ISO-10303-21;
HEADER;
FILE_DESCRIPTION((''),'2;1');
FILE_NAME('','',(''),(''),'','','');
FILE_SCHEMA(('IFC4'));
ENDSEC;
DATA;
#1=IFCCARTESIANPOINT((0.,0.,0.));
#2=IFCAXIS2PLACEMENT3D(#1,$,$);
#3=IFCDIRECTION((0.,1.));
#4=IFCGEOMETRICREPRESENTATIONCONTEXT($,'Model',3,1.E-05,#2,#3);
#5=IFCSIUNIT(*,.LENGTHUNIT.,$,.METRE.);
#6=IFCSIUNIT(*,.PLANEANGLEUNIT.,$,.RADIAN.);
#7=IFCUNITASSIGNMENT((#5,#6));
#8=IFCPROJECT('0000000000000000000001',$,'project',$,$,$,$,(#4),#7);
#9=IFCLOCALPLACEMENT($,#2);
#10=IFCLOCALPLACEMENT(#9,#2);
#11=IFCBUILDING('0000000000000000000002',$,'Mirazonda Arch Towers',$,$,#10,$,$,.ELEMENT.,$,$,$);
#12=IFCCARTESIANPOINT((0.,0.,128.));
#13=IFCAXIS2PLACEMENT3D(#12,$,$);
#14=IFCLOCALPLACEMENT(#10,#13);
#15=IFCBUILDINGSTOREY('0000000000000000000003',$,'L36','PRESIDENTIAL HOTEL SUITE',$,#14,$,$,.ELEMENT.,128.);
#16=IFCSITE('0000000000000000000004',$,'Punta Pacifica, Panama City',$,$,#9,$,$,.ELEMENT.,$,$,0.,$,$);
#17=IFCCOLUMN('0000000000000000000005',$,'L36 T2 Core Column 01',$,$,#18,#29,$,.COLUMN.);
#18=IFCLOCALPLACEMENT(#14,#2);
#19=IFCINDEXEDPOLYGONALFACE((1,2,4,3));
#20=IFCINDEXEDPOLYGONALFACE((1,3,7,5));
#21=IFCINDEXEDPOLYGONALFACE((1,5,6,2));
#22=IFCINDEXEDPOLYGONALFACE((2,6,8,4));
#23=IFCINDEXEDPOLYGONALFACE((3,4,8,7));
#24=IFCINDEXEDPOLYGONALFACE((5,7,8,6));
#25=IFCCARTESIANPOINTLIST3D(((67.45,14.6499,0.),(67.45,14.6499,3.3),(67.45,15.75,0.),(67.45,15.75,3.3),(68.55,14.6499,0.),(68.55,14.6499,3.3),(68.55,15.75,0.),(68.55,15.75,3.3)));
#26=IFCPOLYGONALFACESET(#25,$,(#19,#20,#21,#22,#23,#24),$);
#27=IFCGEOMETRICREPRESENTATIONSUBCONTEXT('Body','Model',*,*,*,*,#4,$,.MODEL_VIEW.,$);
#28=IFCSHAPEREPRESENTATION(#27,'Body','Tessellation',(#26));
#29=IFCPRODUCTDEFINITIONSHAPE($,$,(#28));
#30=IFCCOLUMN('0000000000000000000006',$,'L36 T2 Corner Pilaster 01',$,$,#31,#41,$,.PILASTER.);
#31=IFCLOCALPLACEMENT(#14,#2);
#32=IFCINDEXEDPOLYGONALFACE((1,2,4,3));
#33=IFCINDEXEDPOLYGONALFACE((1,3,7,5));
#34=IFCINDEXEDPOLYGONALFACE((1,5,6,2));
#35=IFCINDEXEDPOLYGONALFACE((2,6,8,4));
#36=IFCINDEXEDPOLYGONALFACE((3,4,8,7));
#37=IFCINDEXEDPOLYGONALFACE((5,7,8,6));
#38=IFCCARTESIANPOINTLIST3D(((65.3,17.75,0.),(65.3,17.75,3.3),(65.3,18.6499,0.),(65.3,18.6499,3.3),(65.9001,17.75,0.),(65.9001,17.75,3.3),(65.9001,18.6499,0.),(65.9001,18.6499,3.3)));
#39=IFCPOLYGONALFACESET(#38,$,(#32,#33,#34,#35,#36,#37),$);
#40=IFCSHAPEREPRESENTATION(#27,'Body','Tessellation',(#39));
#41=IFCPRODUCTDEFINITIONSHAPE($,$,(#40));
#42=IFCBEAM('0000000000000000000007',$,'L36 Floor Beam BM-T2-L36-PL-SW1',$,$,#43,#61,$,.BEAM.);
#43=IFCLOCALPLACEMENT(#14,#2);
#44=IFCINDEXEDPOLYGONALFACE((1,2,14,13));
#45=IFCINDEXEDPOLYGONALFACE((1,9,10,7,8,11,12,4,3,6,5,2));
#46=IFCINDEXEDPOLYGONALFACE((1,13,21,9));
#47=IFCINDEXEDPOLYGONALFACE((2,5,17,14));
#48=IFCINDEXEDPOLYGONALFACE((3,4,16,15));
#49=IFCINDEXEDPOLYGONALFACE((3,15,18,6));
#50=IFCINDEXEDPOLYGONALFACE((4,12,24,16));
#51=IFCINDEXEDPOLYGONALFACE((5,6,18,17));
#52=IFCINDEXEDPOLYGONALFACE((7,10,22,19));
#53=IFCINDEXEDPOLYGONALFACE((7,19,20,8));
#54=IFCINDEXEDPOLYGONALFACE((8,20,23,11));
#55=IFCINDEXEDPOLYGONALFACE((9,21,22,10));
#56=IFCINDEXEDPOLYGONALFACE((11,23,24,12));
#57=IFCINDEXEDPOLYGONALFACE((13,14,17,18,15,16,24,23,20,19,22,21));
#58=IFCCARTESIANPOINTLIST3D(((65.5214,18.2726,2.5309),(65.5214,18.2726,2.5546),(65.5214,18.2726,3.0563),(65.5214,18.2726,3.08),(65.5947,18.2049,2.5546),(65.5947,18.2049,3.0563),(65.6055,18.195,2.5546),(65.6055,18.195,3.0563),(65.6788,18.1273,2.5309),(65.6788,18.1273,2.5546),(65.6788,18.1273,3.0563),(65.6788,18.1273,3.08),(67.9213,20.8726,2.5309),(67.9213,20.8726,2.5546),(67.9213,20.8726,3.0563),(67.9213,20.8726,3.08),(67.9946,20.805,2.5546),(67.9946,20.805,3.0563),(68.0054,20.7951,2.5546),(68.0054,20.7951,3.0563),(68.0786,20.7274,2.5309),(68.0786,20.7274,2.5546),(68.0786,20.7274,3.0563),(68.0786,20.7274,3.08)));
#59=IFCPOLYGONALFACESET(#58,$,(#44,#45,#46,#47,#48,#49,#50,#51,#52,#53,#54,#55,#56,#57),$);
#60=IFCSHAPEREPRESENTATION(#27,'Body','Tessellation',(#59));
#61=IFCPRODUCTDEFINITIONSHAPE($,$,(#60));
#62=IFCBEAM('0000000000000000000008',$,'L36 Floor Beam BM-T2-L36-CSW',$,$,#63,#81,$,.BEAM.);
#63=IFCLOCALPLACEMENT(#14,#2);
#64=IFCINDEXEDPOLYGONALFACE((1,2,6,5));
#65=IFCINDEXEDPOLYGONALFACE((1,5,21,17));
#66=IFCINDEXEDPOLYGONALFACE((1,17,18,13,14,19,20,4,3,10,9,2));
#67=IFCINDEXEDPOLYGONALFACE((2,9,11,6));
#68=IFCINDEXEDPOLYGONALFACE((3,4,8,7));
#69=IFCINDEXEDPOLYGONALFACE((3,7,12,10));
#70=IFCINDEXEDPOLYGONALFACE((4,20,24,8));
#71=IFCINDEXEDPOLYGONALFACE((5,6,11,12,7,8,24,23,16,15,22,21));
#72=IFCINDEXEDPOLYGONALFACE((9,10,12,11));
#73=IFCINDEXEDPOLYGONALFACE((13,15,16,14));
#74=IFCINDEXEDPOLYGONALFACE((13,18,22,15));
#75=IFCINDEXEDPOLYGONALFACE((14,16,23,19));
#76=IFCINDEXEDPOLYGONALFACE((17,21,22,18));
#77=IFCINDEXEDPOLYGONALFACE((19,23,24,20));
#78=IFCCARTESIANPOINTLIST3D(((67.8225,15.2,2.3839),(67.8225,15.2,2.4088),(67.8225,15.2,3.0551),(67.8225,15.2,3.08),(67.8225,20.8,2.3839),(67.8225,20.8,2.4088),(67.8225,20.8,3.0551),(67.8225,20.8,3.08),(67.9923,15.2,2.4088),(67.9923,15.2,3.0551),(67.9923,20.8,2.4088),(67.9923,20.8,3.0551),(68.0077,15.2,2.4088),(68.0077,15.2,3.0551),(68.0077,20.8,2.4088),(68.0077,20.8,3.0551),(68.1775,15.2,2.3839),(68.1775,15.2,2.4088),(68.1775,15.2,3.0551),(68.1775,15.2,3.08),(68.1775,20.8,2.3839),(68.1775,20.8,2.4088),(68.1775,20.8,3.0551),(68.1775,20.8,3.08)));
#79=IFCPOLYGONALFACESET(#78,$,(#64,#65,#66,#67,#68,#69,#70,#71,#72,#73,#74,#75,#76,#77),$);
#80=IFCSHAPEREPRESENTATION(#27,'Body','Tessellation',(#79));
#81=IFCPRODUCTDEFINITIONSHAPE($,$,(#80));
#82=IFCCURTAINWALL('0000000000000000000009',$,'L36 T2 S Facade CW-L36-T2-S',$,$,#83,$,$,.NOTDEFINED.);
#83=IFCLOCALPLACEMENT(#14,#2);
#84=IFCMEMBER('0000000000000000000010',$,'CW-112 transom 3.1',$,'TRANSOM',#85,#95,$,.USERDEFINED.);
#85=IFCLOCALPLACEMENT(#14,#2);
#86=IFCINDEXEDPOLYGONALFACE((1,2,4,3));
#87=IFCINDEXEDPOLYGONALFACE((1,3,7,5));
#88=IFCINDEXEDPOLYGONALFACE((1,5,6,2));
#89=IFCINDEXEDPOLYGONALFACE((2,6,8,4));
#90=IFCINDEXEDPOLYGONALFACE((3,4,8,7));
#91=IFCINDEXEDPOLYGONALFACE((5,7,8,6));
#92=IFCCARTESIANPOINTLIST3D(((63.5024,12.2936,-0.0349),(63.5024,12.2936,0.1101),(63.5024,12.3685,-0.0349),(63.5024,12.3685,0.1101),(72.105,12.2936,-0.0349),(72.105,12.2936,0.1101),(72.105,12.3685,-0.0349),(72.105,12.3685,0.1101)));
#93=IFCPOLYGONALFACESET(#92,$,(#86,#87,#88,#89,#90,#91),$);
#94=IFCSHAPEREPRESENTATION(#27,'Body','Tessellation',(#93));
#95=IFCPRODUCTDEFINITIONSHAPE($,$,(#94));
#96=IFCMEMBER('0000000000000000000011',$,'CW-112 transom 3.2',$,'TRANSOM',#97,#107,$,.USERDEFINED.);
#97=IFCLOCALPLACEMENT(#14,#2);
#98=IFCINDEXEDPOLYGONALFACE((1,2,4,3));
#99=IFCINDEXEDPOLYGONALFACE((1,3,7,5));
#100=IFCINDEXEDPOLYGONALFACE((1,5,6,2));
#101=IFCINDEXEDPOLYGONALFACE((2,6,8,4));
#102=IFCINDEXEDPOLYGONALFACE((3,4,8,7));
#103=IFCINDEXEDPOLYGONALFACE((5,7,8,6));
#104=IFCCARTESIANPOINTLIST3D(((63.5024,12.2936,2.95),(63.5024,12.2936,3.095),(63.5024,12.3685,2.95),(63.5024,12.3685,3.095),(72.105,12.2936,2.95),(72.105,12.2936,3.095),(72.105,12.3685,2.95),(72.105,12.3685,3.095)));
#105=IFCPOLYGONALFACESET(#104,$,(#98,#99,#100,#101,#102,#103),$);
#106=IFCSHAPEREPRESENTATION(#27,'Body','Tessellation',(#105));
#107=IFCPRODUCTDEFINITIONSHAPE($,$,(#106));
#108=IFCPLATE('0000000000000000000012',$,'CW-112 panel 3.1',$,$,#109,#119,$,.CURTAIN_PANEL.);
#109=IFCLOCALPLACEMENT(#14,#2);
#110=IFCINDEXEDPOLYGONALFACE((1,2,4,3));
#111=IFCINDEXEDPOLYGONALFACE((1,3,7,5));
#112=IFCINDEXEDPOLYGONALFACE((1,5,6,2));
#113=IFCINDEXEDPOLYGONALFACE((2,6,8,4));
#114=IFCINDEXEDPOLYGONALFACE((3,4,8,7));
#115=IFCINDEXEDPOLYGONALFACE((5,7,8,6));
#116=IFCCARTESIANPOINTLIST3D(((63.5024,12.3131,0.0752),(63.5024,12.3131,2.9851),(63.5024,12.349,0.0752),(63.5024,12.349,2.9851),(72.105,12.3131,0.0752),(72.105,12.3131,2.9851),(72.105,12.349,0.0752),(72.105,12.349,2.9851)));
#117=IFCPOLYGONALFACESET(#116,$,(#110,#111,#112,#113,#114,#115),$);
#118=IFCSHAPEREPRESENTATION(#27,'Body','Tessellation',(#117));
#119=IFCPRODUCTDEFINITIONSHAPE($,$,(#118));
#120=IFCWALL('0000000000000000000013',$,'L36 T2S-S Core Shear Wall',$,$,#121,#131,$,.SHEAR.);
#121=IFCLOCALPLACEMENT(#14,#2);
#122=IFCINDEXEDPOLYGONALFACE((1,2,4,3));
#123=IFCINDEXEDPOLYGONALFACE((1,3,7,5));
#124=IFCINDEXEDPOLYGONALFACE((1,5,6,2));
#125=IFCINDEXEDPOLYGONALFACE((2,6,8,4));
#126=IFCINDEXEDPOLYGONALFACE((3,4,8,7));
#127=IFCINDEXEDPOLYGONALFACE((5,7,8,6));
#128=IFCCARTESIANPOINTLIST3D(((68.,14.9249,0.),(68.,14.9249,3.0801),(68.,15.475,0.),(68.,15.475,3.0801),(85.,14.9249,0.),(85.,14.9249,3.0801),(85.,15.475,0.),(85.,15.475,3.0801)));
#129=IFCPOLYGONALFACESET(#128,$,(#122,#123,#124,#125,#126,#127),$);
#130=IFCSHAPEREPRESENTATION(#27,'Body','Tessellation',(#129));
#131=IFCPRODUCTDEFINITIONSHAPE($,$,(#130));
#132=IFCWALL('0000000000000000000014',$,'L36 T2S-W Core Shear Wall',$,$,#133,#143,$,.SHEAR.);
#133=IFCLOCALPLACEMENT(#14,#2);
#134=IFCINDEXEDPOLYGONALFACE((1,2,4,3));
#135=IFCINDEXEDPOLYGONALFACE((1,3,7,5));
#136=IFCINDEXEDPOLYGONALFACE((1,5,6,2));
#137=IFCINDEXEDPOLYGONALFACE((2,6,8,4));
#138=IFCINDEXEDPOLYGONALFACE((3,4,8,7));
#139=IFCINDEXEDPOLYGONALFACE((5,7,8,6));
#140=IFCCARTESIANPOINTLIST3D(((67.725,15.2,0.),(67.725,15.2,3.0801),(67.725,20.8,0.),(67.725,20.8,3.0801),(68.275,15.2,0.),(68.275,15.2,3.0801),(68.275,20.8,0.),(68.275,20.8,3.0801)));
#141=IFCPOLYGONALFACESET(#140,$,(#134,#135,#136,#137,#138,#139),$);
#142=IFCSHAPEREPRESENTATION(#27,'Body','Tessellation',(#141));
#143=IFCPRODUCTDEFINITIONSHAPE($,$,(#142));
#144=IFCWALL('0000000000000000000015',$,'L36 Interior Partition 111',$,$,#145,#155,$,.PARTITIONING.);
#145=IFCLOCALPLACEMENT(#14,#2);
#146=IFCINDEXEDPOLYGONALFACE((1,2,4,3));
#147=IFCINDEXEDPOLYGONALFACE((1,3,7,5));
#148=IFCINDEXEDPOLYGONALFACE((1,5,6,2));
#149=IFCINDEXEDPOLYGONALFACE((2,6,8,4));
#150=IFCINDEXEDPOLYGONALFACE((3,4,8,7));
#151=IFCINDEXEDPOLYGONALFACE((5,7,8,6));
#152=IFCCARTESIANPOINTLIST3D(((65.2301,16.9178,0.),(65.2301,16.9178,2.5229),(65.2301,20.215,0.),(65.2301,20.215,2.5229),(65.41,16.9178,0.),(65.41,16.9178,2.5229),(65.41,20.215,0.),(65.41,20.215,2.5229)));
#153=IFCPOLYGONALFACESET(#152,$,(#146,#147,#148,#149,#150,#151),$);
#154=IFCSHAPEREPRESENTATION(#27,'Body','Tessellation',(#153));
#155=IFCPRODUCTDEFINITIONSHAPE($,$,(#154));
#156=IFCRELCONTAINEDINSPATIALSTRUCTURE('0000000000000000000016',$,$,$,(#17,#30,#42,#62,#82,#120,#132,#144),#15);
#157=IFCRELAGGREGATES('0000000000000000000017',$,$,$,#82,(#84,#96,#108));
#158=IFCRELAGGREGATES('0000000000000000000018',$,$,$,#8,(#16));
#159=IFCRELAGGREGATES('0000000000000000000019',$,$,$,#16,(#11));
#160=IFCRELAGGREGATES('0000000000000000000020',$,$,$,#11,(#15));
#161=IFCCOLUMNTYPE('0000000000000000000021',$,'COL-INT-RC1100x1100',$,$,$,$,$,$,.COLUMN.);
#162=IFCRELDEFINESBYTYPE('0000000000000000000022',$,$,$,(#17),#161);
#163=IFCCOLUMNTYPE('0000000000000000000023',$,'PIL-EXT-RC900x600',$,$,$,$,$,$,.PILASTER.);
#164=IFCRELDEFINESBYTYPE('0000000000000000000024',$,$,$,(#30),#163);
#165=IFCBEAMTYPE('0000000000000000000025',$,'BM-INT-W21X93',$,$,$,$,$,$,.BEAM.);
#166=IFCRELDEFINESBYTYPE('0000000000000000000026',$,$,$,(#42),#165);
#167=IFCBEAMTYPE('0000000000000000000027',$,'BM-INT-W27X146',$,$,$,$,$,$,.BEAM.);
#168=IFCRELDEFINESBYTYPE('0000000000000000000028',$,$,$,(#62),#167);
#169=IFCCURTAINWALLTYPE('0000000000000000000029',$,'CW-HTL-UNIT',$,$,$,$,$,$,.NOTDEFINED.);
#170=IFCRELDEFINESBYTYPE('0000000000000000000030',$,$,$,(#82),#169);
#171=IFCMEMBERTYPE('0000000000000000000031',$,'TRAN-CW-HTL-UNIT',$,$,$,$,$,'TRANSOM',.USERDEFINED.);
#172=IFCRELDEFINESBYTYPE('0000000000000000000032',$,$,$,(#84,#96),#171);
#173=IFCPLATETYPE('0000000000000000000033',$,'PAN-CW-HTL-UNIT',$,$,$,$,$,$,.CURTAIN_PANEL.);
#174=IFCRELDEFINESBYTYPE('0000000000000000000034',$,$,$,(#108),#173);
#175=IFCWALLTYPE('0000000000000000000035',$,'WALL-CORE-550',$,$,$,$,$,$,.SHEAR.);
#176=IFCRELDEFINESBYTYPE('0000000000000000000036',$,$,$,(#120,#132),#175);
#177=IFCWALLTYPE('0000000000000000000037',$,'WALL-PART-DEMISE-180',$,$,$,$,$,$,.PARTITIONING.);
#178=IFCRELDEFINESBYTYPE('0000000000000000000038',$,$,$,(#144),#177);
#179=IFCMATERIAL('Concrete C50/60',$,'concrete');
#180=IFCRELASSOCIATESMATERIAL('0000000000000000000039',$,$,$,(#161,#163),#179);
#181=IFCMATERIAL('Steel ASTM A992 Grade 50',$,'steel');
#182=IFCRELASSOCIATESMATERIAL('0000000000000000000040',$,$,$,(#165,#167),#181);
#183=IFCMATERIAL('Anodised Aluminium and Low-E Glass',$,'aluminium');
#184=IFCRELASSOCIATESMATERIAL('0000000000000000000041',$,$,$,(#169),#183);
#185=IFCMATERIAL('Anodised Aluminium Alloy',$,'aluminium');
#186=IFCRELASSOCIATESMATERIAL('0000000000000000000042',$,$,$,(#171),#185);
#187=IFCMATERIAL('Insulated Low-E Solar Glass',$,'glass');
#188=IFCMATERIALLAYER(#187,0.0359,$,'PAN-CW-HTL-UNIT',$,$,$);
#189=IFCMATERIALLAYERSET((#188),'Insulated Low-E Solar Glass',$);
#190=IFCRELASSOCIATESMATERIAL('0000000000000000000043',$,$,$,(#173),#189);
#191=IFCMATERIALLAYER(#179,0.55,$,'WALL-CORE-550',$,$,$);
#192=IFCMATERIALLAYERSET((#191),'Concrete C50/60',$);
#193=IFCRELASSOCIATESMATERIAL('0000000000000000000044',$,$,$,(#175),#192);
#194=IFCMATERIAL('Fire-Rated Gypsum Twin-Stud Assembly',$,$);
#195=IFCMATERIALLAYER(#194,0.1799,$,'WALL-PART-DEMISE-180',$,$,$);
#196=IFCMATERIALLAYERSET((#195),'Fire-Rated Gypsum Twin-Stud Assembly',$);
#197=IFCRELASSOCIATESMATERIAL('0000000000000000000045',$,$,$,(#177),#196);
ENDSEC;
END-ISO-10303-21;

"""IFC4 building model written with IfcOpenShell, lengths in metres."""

from ifc_helpers import new_model, si_unit, direction, frame, frame_2d, origin, origin_2d, place, context, subcontext, project, spatial, rectangle, i_section, extrude, material, layer, layer_set, material_profile, profile_set, type_object, element, aggregate, save


model = new_model("IFC4")

# Units and contexts
model_context = context("Model", 3, precision=1e-05, world=origin(), true_north=direction((0.0, 1.0)))
body_context = subcontext(model_context, "Body", "Model", "MODEL_VIEW")
ifc_project = project(units=[si_unit("LENGTHUNIT", "METRE"), si_unit("PLANEANGLEUNIT", "RADIAN")], contexts=[model_context])

# Site, building, storey
site_placement = place(None, origin())
site = spatial("IfcSite", under=ifc_project, at=site_placement, Name="Punta Pacifica, Panama City", CompositionType="ELEMENT", RefElevation=0.0)
building_placement = place(site_placement, origin())
building = spatial("IfcBuilding", under=site, at=building_placement, Name="Mirazonda Arch Towers", CompositionType="ELEMENT")
storey_placement = place(building_placement, frame((0.0, 0.0, 128.0)))
storey = spatial("IfcBuildingStorey", under=building, at=storey_placement, Name="L36", Description="PRESIDENTIAL HOTEL SUITE", CompositionType="ELEMENT", Elevation=128.0)

# Columns
ifc_material_1 = material(Name="Concrete C50/60", Category="concrete")
ifc_material_profile_1 = material_profile(ifc_material_1, rectangle(XDim=1.1001, YDim=1.1001, at=origin_2d()), Name="RC1100x1100")
ifc_profile_set_1 = profile_set([ifc_material_profile_1], Name="Concrete C50/60")
column_type_1 = type_object("IfcColumnType", Name="COL-INT-RC1100x1100", PredefinedType="COLUMN", material=ifc_profile_set_1)
column_1_placement = place(storey_placement, frame((68.0, 15.2, 0.0), z_axis=(0.0, 0.0, 1.0), x_axis=(1.0, 0.0, 0.0)))
element("IfcColumn", 1, at=column_1_placement, inside=storey, type_object=column_type_1, Name="L36 T2 Core Column 01", PredefinedType="COLUMN", context=body_context, shape_type="SweptSolid", body=[
    extrude(rectangle(XDim=1.1001, YDim=1.1001, at=origin_2d()), origin(), (0.0, 0.0, 1.0), 3.3),
])
ifc_material_profile_2 = material_profile(ifc_material_1, rectangle(XDim=0.6001, YDim=0.8999, at=origin_2d()), Name="RC900x600")
ifc_profile_set_2 = profile_set([ifc_material_profile_2], Name="Concrete C50/60")
column_type_2 = type_object("IfcColumnType", Name="PIL-EXT-RC900x600", PredefinedType="PILASTER", material=ifc_profile_set_2)
column_2_placement = place(storey_placement, frame((65.6001, 18.2, 0.0), z_axis=(0.0, 0.0, 1.0), x_axis=(1.0, 0.0, 0.0)))
element("IfcColumn", 2, at=column_2_placement, inside=storey, type_object=column_type_2, Name="L36 T2 Corner Pilaster 01", PredefinedType="PILASTER", context=body_context, shape_type="SweptSolid", body=[
    extrude(rectangle(XDim=0.6001, YDim=0.8999, at=origin_2d()), origin(), (0.0, 0.0, 1.0), 3.3),
])

# Beams
ifc_material_2 = material(Name="Steel ASTM A992 Grade 50", Category="steel")
ifc_material_profile_3 = material_profile(ifc_material_2, i_section(OverallWidth=0.2141, OverallDepth=0.5491, WebThickness=0.0146, FlangeThickness=0.0237, at=origin_2d()), Name="W21X93")
ifc_profile_set_3 = profile_set([ifc_material_profile_3], Name="Steel ASTM A992 Grade 50")
beam_type_1 = type_object("IfcBeamType", Name="BM-INT-W21X93", PredefinedType="BEAM", material=ifc_profile_set_3)
beam_1_placement = place(storey_placement, frame((65.6001, 18.2, 2.8054), z_axis=(0.678251, 0.73483, 0.0), x_axis=(-0.73483, 0.678251, 0.0)))
element("IfcBeam", 3, at=beam_1_placement, inside=storey, type_object=beam_type_1, Name="L36 Floor Beam BM-T2-L36-PL-SW1", PredefinedType="BEAM", context=body_context, shape_type="SweptSolid", body=[
    extrude(i_section(OverallWidth=0.2141, OverallDepth=0.5491, WebThickness=0.0146, FlangeThickness=0.0237, at=origin_2d()), origin(), (0.0, 0.0, 1.0), 3.5383),
])
ifc_material_profile_4 = material_profile(ifc_material_2, i_section(OverallWidth=0.355, OverallDepth=0.696, WebThickness=0.0154, FlangeThickness=0.0249, at=origin_2d()), Name="W27X146")
ifc_profile_set_4 = profile_set([ifc_material_profile_4], Name="Steel ASTM A992 Grade 50")
beam_type_2 = type_object("IfcBeamType", Name="BM-INT-W27X146", PredefinedType="BEAM", material=ifc_profile_set_4)
beam_2_placement = place(storey_placement, frame((68.0, 15.2, 2.7319), z_axis=(0.0, 1.0, 0.0), x_axis=(-1.0, 0.0, 0.0)))
element("IfcBeam", 4, at=beam_2_placement, inside=storey, type_object=beam_type_2, Name="L36 Floor Beam BM-T2-L36-CSW", PredefinedType="BEAM", context=body_context, shape_type="SweptSolid", body=[
    extrude(i_section(OverallWidth=0.355, OverallDepth=0.696, WebThickness=0.0154, FlangeThickness=0.0249, at=origin_2d()), origin(), (0.0, 0.0, 1.0), 5.6001),
])

# Curtain wall, members, plate
ifc_material_3 = material(Name="Anodised Aluminium and Low-E Glass", Category="aluminium")
curtain_wall_type = type_object("IfcCurtainWallType", Name="CW-HTL-UNIT", PredefinedType="NOTDEFINED", material=ifc_material_3)
curtain_wall_placement = place(storey_placement, origin())
curtain_wall = element("IfcCurtainWall", 5, at=curtain_wall_placement, inside=storey, type_object=curtain_wall_type, Name="L36 T2 S Facade CW-L36-T2-S", PredefinedType="NOTDEFINED")
ifc_material_4 = material(Name="Anodised Aluminium Alloy", Category="aluminium")
ifc_material_profile_5 = material_profile(ifc_material_4, rectangle(XDim=0.075, YDim=0.145, at=origin_2d()), Name="ALU-TRAN-75x145")
ifc_profile_set_5 = profile_set([ifc_material_profile_5], Name="Anodised Aluminium Alloy")
member_type = type_object("IfcMemberType", Name="TRAN-CW-HTL-UNIT", ElementType="TRANSOM", PredefinedType="USERDEFINED", material=ifc_profile_set_5)
member_1_placement = place(storey_placement, frame((72.105, 12.3311, 0.0376), z_axis=(-1.0, 0.0, 0.0), x_axis=(0.0, -1.0, 0.0)))
member_1 = element("IfcMember", 6, at=member_1_placement, type_object=member_type, Name="CW-112 transom 3.1", ObjectType="TRANSOM", PredefinedType="USERDEFINED", context=body_context, shape_type="SweptSolid", body=[
    extrude(rectangle(XDim=0.075, YDim=0.145, at=origin_2d()), origin(), (0.0, 0.0, 1.0), 8.6025),
])
member_2_placement = place(storey_placement, frame((72.105, 12.3311, 3.0225), z_axis=(-1.0, 0.0, 0.0), x_axis=(0.0, -1.0, 0.0)))
member_2 = element("IfcMember", 7, at=member_2_placement, type_object=member_type, Name="CW-112 transom 3.2", ObjectType="TRANSOM", PredefinedType="USERDEFINED", context=body_context, shape_type="SweptSolid", body=[
    extrude(rectangle(XDim=0.075, YDim=0.145, at=origin_2d()), origin(), (0.0, 0.0, 1.0), 8.6025),
])
ifc_material_5 = material(Name="Insulated Low-E Solar Glass", Category="glass")
ifc_layer_1 = layer(ifc_material_5, 0.0359, Name="PAN-CW-HTL-UNIT")
ifc_layer_set_1 = layer_set([ifc_layer_1], Name="Insulated Low-E Solar Glass")
plate_type = type_object("IfcPlateType", Name="PAN-CW-HTL-UNIT", PredefinedType="CURTAIN_PANEL", material=ifc_layer_set_1)
plate_placement = place(storey_placement, frame((67.8037, 12.3311, 0.0752), z_axis=(0.0, 0.0, 1.0), x_axis=(-1.0, 0.0, 0.0)))
plate = element("IfcPlate", 8, at=plate_placement, type_object=plate_type, Name="CW-112 panel 3.1", PredefinedType="CURTAIN_PANEL", context=body_context, shape_type="SweptSolid", body=[
    extrude(rectangle(XDim=8.6025, YDim=0.0359, at=origin_2d()), origin(), (0.0, 0.0, 1.0), 2.9099),
])
aggregate(curtain_wall, [member_1, member_2, plate])

# Walls
ifc_layer_2 = layer(ifc_material_1, 0.55, Name="WALL-CORE-550")
ifc_layer_set_2 = layer_set([ifc_layer_2], Name="Concrete C50/60")
wall_type_1 = type_object("IfcWallType", Name="WALL-CORE-550", PredefinedType="SHEAR", material=ifc_layer_set_2)
wall_1_placement = place(storey_placement, frame((68.0, 15.2, 0.0), z_axis=(0.0, 0.0, 1.0), x_axis=(1.0, 0.0, 0.0)))
element("IfcWall", 9, at=wall_1_placement, inside=storey, type_object=wall_type_1, Name="L36 T2S-S Core Shear Wall", PredefinedType="SHEAR", context=body_context, shape_type="SweptSolid", body=[
    extrude(rectangle(XDim=17.0, YDim=0.55, at=frame_2d((8.5, 0.0))), origin(), (0.0, 0.0, 1.0), 3.0801),
])
wall_2_placement = place(storey_placement, frame((68.0, 15.2, 0.0), z_axis=(0.0, 0.0, 1.0), x_axis=(0.0, 1.0, 0.0)))
element("IfcWall", 10, at=wall_2_placement, inside=storey, type_object=wall_type_1, Name="L36 T2S-W Core Shear Wall", PredefinedType="SHEAR", context=body_context, shape_type="SweptSolid", body=[
    extrude(rectangle(XDim=5.6001, YDim=0.55, at=frame_2d((2.8, 0.0))), origin(), (0.0, 0.0, 1.0), 3.0801),
])
ifc_material_6 = material(Name="Fire-Rated Gypsum Twin-Stud Assembly")
ifc_layer_3 = layer(ifc_material_6, 0.1799, Name="WALL-PART-DEMISE-180")
ifc_layer_set_3 = layer_set([ifc_layer_3], Name="Fire-Rated Gypsum Twin-Stud Assembly")
wall_type_2 = type_object("IfcWallType", Name="WALL-PART-DEMISE-180", PredefinedType="PARTITIONING", material=ifc_layer_set_3)
wall_3_placement = place(storey_placement, frame((65.3201, 16.918, 0.0), z_axis=(0.0, 0.0, 1.0), x_axis=(0.0, 1.0, 0.0)))
element("IfcWall", 11, at=wall_3_placement, inside=storey, type_object=wall_type_2, Name="L36 Interior Partition 111", PredefinedType="PARTITIONING", context=body_context, shape_type="SweptSolid", body=[
    extrude(rectangle(XDim=3.2971, YDim=0.1799, at=frame_2d((1.6484, 0.0))), origin(), (0.0, 0.0, 1.0), 2.5229),
])

save(model, "model.ifc")
